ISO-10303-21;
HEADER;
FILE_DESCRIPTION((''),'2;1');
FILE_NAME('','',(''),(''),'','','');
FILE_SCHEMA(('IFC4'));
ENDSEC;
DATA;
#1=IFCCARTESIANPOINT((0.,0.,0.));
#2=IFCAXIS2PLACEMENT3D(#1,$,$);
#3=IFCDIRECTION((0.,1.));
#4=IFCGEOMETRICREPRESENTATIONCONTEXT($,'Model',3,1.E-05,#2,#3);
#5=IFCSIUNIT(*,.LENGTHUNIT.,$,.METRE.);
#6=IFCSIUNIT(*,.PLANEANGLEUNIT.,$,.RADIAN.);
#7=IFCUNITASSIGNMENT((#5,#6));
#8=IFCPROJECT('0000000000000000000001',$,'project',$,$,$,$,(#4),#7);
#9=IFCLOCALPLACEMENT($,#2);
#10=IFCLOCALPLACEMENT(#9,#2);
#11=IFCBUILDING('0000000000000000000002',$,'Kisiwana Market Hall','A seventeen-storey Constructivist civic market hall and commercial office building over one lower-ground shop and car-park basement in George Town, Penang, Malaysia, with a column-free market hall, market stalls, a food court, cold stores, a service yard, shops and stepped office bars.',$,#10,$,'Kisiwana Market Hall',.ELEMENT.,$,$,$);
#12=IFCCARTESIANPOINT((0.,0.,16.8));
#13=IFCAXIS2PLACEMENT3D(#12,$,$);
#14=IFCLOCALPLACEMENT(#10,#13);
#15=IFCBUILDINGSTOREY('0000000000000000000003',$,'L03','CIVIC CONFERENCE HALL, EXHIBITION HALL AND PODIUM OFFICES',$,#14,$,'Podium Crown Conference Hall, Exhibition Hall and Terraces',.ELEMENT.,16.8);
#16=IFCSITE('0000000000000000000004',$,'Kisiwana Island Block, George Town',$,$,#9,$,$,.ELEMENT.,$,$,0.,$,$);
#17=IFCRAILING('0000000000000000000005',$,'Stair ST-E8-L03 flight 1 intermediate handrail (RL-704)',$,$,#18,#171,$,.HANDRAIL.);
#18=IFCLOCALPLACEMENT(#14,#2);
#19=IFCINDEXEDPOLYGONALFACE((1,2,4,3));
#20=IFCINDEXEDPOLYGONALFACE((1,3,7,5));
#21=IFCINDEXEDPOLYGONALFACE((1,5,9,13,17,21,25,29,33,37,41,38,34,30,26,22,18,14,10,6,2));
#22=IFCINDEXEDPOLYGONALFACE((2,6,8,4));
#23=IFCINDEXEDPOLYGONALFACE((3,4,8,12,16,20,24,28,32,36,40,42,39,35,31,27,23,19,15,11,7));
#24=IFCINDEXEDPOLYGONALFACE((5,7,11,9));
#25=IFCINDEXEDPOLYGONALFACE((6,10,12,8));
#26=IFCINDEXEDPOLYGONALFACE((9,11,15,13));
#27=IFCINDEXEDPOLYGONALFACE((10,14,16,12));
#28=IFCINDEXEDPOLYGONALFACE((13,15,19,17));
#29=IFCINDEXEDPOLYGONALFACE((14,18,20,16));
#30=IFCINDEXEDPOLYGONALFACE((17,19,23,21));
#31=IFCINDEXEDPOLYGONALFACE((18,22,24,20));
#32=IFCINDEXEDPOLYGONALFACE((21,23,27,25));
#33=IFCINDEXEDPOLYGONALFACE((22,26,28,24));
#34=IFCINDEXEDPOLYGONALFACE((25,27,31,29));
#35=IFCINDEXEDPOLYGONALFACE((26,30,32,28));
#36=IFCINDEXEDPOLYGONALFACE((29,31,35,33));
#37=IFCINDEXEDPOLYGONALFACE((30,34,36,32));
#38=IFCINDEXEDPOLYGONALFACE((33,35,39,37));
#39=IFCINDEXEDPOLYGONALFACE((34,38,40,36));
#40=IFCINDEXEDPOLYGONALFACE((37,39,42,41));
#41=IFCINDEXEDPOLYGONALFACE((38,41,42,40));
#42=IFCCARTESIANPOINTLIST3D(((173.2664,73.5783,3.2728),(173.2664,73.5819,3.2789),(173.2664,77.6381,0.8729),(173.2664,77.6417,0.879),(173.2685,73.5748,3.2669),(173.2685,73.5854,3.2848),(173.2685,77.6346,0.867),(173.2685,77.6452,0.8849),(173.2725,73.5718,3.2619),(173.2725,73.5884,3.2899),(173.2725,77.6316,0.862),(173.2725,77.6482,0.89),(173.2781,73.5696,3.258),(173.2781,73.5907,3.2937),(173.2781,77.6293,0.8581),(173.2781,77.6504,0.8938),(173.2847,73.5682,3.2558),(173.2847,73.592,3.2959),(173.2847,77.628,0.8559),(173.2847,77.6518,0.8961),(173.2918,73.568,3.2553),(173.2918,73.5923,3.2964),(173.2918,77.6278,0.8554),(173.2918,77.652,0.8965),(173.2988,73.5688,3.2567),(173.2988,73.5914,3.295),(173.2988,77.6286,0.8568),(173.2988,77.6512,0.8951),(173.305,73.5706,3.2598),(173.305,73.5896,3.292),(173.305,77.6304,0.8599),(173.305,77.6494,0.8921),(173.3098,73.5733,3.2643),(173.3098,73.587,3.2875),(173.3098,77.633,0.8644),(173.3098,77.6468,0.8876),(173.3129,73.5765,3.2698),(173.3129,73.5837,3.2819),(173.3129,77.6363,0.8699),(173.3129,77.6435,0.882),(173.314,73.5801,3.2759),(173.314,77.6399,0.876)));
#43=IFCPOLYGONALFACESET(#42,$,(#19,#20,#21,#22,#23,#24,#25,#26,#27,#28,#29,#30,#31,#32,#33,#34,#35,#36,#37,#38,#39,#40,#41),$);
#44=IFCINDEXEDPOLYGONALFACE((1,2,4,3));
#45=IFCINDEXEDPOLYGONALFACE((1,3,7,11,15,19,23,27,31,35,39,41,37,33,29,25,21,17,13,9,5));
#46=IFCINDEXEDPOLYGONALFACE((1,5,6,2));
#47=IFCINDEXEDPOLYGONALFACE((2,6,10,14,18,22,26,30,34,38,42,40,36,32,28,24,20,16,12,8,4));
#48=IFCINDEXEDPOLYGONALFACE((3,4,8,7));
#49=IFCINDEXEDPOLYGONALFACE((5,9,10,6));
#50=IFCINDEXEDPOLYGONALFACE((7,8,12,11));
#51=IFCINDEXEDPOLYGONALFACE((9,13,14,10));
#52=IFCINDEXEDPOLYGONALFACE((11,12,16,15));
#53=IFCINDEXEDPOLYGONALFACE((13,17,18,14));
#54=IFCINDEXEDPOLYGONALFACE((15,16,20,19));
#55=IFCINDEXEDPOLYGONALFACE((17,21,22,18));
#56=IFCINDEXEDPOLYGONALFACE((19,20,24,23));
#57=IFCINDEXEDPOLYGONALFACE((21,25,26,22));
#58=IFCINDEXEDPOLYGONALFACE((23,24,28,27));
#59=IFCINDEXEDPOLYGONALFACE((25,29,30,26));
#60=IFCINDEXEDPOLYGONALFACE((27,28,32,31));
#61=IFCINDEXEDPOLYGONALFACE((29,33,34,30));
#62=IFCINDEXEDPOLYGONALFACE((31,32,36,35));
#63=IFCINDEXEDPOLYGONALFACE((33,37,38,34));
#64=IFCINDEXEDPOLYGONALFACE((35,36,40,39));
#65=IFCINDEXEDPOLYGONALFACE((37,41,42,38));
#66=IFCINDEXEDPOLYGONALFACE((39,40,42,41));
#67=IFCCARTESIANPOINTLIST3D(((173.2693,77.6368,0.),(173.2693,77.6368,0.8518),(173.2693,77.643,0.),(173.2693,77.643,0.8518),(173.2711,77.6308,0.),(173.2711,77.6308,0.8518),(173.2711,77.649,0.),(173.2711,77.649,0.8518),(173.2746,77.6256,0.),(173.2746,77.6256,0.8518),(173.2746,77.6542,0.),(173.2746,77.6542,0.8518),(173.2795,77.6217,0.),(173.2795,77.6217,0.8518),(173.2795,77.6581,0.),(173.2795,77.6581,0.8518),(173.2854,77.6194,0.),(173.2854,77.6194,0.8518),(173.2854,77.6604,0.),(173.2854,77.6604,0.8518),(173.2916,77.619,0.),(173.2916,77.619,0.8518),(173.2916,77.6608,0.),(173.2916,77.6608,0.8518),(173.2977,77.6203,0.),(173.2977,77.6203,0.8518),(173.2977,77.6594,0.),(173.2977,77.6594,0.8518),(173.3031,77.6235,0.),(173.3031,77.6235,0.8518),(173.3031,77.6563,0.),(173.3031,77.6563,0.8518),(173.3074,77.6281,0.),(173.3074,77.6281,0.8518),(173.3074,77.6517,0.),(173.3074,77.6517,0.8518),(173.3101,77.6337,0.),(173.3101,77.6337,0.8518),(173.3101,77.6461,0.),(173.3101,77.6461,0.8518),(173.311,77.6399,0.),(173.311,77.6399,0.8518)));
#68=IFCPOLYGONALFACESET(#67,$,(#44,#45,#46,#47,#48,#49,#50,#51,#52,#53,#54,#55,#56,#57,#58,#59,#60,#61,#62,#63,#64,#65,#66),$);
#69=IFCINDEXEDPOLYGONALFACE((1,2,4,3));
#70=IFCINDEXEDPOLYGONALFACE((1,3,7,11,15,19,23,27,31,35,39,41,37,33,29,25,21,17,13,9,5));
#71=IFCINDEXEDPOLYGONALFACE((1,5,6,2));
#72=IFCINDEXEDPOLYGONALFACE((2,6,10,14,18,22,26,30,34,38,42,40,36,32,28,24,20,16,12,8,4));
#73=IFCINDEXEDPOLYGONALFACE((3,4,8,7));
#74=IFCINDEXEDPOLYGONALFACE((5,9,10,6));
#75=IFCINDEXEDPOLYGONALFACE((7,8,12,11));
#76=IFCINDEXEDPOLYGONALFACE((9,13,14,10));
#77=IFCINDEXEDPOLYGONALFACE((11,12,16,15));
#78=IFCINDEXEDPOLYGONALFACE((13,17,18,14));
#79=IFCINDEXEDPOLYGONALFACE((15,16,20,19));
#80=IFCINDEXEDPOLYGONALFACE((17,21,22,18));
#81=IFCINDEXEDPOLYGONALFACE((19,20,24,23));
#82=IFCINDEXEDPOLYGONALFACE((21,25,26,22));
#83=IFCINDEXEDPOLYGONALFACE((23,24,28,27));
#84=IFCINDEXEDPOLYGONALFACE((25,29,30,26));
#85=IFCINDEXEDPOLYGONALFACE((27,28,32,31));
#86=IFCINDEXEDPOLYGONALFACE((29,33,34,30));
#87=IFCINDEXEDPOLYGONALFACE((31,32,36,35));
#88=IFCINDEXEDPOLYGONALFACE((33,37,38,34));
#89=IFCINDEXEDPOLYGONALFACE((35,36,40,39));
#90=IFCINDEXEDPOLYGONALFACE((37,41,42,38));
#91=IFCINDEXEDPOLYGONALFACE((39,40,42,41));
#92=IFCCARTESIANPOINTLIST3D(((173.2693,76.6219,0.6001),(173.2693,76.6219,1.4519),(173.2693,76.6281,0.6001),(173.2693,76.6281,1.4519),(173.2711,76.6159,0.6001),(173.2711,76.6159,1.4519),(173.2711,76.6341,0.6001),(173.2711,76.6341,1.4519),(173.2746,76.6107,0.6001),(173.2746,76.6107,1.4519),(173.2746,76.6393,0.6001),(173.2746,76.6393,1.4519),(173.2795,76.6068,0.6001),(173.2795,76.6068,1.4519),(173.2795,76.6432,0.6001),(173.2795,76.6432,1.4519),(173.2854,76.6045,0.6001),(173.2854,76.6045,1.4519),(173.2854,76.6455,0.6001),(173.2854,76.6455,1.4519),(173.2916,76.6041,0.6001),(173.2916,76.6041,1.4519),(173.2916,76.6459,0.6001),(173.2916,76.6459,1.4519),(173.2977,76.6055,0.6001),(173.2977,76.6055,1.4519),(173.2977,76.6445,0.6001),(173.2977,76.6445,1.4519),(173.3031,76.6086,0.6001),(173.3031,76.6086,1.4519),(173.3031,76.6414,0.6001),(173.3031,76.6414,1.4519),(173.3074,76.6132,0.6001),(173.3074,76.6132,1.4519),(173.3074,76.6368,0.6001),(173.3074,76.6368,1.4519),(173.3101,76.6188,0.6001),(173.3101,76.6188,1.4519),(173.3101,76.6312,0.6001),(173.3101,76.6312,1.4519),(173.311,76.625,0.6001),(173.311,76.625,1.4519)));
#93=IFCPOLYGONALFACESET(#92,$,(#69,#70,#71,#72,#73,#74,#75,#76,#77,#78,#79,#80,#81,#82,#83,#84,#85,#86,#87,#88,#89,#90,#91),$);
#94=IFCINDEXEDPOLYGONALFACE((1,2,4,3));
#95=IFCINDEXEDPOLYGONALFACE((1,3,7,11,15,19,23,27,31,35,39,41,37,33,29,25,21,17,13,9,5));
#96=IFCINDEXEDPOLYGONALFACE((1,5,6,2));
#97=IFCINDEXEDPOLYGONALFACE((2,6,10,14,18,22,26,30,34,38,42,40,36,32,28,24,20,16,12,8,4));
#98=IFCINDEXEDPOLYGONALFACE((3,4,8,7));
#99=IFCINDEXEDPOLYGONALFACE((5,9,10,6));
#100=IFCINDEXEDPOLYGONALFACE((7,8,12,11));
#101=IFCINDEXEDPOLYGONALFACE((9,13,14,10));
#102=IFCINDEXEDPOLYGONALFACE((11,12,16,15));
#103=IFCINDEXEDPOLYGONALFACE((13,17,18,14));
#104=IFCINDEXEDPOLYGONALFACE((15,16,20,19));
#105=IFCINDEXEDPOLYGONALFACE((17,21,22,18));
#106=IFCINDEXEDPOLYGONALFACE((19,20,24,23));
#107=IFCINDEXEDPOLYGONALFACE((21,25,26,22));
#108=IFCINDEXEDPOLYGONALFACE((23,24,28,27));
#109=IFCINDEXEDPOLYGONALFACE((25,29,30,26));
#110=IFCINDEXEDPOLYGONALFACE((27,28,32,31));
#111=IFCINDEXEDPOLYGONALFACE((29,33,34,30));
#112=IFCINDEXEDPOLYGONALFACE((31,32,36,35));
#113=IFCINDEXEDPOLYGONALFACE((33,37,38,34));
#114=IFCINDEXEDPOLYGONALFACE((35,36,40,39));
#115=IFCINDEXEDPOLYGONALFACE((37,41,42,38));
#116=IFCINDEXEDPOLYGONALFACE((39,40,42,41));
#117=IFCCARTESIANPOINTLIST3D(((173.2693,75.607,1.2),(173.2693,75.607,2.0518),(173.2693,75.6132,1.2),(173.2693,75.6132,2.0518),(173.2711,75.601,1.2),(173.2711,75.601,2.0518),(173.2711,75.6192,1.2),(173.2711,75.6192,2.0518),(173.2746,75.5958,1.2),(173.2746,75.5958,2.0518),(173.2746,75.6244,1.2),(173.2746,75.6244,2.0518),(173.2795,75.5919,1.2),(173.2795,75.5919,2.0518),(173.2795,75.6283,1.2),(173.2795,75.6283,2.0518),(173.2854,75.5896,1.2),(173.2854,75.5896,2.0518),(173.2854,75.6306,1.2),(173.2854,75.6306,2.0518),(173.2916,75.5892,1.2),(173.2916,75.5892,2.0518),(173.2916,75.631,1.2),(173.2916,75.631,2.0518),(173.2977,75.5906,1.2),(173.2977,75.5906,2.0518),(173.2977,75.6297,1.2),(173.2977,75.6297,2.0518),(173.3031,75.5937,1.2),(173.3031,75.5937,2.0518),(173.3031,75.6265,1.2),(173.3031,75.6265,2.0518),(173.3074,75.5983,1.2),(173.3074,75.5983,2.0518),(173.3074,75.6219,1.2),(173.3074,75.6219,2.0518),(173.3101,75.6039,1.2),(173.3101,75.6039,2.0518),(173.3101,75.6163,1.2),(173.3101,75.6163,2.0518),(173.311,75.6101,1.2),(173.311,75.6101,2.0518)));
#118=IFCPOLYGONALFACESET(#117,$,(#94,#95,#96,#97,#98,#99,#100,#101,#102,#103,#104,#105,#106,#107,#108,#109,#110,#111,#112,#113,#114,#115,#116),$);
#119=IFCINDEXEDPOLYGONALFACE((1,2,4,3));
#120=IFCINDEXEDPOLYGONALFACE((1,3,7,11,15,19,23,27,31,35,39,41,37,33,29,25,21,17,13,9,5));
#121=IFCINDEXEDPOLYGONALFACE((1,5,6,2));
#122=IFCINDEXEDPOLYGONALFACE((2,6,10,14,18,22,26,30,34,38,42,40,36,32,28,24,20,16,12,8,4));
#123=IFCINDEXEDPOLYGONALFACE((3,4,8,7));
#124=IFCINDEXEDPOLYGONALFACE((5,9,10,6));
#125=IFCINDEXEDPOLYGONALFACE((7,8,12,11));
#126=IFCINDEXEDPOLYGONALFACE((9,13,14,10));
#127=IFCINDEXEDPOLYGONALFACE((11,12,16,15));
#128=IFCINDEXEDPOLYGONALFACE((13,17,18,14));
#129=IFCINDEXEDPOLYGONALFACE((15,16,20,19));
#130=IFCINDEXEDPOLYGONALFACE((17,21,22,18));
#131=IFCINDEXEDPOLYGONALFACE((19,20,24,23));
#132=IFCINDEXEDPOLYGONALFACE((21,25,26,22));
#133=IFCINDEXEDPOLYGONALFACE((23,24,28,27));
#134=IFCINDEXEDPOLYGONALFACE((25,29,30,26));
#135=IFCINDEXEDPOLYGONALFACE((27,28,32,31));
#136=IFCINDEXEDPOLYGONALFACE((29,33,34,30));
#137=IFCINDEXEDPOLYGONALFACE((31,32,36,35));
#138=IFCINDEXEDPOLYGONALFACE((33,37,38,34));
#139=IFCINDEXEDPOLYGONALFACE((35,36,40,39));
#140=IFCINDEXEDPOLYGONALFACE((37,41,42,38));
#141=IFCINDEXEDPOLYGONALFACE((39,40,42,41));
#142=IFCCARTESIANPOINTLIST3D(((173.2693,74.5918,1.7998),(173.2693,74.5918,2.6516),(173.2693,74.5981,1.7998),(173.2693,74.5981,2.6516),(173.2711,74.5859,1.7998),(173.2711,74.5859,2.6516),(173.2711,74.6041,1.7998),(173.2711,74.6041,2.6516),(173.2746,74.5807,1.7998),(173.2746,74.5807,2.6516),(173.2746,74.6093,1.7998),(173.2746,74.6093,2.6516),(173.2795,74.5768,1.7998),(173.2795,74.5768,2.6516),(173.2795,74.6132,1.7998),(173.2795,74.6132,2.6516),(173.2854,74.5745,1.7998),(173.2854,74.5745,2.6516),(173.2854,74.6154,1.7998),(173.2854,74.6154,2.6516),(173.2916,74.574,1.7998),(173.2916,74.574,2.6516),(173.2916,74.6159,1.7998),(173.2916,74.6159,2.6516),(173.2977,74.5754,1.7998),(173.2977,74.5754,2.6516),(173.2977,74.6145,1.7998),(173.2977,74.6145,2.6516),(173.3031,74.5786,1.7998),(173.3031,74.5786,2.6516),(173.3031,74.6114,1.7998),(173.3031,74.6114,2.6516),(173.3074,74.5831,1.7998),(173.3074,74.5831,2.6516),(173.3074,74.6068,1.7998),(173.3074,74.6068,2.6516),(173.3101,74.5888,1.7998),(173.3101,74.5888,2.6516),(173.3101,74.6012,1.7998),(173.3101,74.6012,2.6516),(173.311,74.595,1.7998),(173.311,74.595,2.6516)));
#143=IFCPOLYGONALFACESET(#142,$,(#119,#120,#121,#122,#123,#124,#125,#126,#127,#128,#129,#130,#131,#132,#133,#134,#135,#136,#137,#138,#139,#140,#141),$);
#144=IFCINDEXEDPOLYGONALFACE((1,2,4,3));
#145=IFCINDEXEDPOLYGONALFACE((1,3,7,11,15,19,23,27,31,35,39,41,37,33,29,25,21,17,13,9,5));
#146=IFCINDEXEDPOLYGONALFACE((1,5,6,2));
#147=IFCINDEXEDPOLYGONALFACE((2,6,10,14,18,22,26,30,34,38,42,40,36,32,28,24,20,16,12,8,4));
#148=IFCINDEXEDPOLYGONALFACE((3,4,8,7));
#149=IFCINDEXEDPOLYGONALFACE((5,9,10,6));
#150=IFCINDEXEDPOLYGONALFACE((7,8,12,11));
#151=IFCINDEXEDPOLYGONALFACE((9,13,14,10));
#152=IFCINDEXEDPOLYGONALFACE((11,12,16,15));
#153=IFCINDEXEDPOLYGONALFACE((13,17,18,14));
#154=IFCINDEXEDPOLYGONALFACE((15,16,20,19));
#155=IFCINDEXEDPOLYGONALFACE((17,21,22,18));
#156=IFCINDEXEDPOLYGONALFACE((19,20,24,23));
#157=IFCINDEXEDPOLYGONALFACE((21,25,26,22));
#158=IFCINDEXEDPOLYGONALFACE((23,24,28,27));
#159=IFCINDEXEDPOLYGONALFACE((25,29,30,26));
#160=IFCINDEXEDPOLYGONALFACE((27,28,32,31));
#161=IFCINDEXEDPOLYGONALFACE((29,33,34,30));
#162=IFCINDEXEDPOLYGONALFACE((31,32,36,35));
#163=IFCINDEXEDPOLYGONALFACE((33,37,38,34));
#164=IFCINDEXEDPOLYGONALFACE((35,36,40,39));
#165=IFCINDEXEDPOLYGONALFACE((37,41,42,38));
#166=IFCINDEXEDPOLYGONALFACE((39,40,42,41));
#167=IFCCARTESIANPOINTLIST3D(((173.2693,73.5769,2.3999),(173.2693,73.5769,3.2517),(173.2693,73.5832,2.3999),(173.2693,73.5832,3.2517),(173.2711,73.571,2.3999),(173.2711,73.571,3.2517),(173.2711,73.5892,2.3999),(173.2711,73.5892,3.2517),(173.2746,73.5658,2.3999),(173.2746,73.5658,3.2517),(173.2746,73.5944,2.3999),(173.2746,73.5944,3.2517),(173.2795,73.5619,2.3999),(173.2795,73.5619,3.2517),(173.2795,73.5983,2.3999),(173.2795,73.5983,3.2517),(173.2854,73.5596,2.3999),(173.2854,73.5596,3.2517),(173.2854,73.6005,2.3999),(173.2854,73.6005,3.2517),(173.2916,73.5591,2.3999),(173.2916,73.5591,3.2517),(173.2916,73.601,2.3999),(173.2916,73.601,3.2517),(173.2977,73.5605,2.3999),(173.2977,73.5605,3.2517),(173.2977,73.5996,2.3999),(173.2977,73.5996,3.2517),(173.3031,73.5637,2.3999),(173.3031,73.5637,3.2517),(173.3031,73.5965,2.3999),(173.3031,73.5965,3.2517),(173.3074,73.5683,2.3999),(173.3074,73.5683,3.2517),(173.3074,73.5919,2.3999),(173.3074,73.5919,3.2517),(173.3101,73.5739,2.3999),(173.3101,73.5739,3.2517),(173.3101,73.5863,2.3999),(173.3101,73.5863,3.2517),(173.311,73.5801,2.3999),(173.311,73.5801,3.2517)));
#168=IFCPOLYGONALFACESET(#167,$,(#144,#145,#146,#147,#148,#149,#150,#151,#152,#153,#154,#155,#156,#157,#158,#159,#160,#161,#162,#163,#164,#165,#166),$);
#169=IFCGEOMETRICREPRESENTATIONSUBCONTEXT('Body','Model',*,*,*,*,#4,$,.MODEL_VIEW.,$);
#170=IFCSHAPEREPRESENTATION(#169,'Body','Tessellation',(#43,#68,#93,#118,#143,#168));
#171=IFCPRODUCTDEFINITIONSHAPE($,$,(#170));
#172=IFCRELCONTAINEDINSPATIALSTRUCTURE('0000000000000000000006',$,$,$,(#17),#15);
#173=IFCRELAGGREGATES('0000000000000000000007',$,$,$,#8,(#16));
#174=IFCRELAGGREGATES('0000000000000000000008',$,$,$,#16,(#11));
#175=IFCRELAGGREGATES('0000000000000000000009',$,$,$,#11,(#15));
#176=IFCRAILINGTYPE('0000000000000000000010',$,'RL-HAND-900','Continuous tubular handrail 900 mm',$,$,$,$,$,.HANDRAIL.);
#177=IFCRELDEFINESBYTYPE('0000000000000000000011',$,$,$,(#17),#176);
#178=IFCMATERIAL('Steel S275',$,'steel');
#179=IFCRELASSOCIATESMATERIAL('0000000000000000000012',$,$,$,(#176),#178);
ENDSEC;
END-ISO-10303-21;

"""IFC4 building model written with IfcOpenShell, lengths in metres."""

from ifc_helpers import new_model, si_unit, direction, frame, origin, origin_2d, place, context, subcontext, project, spatial, circle, extrude, material, type_object, element, save


model = new_model("IFC4")

# Units and contexts
model_context = context("Model", 3, precision=1e-05, world=origin(), true_north=direction((0.0, 1.0)))
body_context = subcontext(model_context, "Body", "Model", "MODEL_VIEW")
ifc_project = project(units=[si_unit("LENGTHUNIT", "METRE"), si_unit("PLANEANGLEUNIT", "RADIAN")], contexts=[model_context])

# Site, building, storey
site_placement = place(None, origin())
site = spatial("IfcSite", under=ifc_project, at=site_placement, Name="Kisiwana Island Block, George Town", CompositionType="ELEMENT", RefElevation=0.0)
building_placement = place(site_placement, origin())
building = spatial("IfcBuilding", under=site, at=building_placement, Name="Kisiwana Market Hall", Description="A seventeen-storey Constructivist civic market hall and commercial office building over one lower-ground shop and car-park basement in George Town, Penang, Malaysia, with a column-free market hall, market stalls, a food court, cold stores, a service yard, shops and stepped office bars.", LongName="Kisiwana Market Hall", CompositionType="ELEMENT")
storey_placement = place(building_placement, frame((0.0, 0.0, 16.8)))
storey = spatial("IfcBuildingStorey", under=building, at=storey_placement, Name="L03", Description="CIVIC CONFERENCE HALL, EXHIBITION HALL AND PODIUM OFFICES", LongName="Podium Crown Conference Hall, Exhibition Hall and Terraces", CompositionType="ELEMENT", Elevation=16.8)

# Railing
ifc_material_1 = material(Name="Steel S275", Category="steel")
railing_type_1 = type_object("IfcRailingType", Name="RL-HAND-900", Description="Continuous tubular handrail 900 mm", PredefinedType="HANDRAIL", material=ifc_material_1)
railing_1_placement = place(storey_placement, frame((173.29, 77.6399, 0.0)))
element("IfcRailing", 1, at=railing_1_placement, inside=storey, type_object=railing_type_1, Name="Stair ST-E8-L03 flight 1 intermediate handrail (RL-704)", PredefinedType="HANDRAIL", context=body_context, shape_type="SweptSolid", body=[
    extrude(circle(Radius=0.0239, at=origin_2d()), frame((0.0, 0.0, 0.876), z_axis=(0.0, -0.860841, 0.508874), x_axis=(1.0, 0.0, 0.0)), (0.0, 0.0, 1.0), 4.7161),
    extrude(circle(Radius=0.021, at=origin_2d()), origin(), (0.0, 0.0, 1.0), 0.8518),
    extrude(circle(Radius=0.021, at=origin_2d()), frame((0.0, -1.0149, 0.6001)), (0.0, 0.0, 1.0), 0.8518),
    extrude(circle(Radius=0.021, at=origin_2d()), frame((0.0, -2.0298, 1.2)), (0.0, 0.0, 1.0), 0.8518),
    extrude(circle(Radius=0.021, at=origin_2d()), frame((0.0, -3.0449, 1.7998)), (0.0, 0.0, 1.0), 0.8518),
    extrude(circle(Radius=0.021, at=origin_2d()), frame((0.0, -4.0598, 2.3999)), (0.0, 0.0, 1.0), 0.8518),
])

save(model, "model.ifc")
